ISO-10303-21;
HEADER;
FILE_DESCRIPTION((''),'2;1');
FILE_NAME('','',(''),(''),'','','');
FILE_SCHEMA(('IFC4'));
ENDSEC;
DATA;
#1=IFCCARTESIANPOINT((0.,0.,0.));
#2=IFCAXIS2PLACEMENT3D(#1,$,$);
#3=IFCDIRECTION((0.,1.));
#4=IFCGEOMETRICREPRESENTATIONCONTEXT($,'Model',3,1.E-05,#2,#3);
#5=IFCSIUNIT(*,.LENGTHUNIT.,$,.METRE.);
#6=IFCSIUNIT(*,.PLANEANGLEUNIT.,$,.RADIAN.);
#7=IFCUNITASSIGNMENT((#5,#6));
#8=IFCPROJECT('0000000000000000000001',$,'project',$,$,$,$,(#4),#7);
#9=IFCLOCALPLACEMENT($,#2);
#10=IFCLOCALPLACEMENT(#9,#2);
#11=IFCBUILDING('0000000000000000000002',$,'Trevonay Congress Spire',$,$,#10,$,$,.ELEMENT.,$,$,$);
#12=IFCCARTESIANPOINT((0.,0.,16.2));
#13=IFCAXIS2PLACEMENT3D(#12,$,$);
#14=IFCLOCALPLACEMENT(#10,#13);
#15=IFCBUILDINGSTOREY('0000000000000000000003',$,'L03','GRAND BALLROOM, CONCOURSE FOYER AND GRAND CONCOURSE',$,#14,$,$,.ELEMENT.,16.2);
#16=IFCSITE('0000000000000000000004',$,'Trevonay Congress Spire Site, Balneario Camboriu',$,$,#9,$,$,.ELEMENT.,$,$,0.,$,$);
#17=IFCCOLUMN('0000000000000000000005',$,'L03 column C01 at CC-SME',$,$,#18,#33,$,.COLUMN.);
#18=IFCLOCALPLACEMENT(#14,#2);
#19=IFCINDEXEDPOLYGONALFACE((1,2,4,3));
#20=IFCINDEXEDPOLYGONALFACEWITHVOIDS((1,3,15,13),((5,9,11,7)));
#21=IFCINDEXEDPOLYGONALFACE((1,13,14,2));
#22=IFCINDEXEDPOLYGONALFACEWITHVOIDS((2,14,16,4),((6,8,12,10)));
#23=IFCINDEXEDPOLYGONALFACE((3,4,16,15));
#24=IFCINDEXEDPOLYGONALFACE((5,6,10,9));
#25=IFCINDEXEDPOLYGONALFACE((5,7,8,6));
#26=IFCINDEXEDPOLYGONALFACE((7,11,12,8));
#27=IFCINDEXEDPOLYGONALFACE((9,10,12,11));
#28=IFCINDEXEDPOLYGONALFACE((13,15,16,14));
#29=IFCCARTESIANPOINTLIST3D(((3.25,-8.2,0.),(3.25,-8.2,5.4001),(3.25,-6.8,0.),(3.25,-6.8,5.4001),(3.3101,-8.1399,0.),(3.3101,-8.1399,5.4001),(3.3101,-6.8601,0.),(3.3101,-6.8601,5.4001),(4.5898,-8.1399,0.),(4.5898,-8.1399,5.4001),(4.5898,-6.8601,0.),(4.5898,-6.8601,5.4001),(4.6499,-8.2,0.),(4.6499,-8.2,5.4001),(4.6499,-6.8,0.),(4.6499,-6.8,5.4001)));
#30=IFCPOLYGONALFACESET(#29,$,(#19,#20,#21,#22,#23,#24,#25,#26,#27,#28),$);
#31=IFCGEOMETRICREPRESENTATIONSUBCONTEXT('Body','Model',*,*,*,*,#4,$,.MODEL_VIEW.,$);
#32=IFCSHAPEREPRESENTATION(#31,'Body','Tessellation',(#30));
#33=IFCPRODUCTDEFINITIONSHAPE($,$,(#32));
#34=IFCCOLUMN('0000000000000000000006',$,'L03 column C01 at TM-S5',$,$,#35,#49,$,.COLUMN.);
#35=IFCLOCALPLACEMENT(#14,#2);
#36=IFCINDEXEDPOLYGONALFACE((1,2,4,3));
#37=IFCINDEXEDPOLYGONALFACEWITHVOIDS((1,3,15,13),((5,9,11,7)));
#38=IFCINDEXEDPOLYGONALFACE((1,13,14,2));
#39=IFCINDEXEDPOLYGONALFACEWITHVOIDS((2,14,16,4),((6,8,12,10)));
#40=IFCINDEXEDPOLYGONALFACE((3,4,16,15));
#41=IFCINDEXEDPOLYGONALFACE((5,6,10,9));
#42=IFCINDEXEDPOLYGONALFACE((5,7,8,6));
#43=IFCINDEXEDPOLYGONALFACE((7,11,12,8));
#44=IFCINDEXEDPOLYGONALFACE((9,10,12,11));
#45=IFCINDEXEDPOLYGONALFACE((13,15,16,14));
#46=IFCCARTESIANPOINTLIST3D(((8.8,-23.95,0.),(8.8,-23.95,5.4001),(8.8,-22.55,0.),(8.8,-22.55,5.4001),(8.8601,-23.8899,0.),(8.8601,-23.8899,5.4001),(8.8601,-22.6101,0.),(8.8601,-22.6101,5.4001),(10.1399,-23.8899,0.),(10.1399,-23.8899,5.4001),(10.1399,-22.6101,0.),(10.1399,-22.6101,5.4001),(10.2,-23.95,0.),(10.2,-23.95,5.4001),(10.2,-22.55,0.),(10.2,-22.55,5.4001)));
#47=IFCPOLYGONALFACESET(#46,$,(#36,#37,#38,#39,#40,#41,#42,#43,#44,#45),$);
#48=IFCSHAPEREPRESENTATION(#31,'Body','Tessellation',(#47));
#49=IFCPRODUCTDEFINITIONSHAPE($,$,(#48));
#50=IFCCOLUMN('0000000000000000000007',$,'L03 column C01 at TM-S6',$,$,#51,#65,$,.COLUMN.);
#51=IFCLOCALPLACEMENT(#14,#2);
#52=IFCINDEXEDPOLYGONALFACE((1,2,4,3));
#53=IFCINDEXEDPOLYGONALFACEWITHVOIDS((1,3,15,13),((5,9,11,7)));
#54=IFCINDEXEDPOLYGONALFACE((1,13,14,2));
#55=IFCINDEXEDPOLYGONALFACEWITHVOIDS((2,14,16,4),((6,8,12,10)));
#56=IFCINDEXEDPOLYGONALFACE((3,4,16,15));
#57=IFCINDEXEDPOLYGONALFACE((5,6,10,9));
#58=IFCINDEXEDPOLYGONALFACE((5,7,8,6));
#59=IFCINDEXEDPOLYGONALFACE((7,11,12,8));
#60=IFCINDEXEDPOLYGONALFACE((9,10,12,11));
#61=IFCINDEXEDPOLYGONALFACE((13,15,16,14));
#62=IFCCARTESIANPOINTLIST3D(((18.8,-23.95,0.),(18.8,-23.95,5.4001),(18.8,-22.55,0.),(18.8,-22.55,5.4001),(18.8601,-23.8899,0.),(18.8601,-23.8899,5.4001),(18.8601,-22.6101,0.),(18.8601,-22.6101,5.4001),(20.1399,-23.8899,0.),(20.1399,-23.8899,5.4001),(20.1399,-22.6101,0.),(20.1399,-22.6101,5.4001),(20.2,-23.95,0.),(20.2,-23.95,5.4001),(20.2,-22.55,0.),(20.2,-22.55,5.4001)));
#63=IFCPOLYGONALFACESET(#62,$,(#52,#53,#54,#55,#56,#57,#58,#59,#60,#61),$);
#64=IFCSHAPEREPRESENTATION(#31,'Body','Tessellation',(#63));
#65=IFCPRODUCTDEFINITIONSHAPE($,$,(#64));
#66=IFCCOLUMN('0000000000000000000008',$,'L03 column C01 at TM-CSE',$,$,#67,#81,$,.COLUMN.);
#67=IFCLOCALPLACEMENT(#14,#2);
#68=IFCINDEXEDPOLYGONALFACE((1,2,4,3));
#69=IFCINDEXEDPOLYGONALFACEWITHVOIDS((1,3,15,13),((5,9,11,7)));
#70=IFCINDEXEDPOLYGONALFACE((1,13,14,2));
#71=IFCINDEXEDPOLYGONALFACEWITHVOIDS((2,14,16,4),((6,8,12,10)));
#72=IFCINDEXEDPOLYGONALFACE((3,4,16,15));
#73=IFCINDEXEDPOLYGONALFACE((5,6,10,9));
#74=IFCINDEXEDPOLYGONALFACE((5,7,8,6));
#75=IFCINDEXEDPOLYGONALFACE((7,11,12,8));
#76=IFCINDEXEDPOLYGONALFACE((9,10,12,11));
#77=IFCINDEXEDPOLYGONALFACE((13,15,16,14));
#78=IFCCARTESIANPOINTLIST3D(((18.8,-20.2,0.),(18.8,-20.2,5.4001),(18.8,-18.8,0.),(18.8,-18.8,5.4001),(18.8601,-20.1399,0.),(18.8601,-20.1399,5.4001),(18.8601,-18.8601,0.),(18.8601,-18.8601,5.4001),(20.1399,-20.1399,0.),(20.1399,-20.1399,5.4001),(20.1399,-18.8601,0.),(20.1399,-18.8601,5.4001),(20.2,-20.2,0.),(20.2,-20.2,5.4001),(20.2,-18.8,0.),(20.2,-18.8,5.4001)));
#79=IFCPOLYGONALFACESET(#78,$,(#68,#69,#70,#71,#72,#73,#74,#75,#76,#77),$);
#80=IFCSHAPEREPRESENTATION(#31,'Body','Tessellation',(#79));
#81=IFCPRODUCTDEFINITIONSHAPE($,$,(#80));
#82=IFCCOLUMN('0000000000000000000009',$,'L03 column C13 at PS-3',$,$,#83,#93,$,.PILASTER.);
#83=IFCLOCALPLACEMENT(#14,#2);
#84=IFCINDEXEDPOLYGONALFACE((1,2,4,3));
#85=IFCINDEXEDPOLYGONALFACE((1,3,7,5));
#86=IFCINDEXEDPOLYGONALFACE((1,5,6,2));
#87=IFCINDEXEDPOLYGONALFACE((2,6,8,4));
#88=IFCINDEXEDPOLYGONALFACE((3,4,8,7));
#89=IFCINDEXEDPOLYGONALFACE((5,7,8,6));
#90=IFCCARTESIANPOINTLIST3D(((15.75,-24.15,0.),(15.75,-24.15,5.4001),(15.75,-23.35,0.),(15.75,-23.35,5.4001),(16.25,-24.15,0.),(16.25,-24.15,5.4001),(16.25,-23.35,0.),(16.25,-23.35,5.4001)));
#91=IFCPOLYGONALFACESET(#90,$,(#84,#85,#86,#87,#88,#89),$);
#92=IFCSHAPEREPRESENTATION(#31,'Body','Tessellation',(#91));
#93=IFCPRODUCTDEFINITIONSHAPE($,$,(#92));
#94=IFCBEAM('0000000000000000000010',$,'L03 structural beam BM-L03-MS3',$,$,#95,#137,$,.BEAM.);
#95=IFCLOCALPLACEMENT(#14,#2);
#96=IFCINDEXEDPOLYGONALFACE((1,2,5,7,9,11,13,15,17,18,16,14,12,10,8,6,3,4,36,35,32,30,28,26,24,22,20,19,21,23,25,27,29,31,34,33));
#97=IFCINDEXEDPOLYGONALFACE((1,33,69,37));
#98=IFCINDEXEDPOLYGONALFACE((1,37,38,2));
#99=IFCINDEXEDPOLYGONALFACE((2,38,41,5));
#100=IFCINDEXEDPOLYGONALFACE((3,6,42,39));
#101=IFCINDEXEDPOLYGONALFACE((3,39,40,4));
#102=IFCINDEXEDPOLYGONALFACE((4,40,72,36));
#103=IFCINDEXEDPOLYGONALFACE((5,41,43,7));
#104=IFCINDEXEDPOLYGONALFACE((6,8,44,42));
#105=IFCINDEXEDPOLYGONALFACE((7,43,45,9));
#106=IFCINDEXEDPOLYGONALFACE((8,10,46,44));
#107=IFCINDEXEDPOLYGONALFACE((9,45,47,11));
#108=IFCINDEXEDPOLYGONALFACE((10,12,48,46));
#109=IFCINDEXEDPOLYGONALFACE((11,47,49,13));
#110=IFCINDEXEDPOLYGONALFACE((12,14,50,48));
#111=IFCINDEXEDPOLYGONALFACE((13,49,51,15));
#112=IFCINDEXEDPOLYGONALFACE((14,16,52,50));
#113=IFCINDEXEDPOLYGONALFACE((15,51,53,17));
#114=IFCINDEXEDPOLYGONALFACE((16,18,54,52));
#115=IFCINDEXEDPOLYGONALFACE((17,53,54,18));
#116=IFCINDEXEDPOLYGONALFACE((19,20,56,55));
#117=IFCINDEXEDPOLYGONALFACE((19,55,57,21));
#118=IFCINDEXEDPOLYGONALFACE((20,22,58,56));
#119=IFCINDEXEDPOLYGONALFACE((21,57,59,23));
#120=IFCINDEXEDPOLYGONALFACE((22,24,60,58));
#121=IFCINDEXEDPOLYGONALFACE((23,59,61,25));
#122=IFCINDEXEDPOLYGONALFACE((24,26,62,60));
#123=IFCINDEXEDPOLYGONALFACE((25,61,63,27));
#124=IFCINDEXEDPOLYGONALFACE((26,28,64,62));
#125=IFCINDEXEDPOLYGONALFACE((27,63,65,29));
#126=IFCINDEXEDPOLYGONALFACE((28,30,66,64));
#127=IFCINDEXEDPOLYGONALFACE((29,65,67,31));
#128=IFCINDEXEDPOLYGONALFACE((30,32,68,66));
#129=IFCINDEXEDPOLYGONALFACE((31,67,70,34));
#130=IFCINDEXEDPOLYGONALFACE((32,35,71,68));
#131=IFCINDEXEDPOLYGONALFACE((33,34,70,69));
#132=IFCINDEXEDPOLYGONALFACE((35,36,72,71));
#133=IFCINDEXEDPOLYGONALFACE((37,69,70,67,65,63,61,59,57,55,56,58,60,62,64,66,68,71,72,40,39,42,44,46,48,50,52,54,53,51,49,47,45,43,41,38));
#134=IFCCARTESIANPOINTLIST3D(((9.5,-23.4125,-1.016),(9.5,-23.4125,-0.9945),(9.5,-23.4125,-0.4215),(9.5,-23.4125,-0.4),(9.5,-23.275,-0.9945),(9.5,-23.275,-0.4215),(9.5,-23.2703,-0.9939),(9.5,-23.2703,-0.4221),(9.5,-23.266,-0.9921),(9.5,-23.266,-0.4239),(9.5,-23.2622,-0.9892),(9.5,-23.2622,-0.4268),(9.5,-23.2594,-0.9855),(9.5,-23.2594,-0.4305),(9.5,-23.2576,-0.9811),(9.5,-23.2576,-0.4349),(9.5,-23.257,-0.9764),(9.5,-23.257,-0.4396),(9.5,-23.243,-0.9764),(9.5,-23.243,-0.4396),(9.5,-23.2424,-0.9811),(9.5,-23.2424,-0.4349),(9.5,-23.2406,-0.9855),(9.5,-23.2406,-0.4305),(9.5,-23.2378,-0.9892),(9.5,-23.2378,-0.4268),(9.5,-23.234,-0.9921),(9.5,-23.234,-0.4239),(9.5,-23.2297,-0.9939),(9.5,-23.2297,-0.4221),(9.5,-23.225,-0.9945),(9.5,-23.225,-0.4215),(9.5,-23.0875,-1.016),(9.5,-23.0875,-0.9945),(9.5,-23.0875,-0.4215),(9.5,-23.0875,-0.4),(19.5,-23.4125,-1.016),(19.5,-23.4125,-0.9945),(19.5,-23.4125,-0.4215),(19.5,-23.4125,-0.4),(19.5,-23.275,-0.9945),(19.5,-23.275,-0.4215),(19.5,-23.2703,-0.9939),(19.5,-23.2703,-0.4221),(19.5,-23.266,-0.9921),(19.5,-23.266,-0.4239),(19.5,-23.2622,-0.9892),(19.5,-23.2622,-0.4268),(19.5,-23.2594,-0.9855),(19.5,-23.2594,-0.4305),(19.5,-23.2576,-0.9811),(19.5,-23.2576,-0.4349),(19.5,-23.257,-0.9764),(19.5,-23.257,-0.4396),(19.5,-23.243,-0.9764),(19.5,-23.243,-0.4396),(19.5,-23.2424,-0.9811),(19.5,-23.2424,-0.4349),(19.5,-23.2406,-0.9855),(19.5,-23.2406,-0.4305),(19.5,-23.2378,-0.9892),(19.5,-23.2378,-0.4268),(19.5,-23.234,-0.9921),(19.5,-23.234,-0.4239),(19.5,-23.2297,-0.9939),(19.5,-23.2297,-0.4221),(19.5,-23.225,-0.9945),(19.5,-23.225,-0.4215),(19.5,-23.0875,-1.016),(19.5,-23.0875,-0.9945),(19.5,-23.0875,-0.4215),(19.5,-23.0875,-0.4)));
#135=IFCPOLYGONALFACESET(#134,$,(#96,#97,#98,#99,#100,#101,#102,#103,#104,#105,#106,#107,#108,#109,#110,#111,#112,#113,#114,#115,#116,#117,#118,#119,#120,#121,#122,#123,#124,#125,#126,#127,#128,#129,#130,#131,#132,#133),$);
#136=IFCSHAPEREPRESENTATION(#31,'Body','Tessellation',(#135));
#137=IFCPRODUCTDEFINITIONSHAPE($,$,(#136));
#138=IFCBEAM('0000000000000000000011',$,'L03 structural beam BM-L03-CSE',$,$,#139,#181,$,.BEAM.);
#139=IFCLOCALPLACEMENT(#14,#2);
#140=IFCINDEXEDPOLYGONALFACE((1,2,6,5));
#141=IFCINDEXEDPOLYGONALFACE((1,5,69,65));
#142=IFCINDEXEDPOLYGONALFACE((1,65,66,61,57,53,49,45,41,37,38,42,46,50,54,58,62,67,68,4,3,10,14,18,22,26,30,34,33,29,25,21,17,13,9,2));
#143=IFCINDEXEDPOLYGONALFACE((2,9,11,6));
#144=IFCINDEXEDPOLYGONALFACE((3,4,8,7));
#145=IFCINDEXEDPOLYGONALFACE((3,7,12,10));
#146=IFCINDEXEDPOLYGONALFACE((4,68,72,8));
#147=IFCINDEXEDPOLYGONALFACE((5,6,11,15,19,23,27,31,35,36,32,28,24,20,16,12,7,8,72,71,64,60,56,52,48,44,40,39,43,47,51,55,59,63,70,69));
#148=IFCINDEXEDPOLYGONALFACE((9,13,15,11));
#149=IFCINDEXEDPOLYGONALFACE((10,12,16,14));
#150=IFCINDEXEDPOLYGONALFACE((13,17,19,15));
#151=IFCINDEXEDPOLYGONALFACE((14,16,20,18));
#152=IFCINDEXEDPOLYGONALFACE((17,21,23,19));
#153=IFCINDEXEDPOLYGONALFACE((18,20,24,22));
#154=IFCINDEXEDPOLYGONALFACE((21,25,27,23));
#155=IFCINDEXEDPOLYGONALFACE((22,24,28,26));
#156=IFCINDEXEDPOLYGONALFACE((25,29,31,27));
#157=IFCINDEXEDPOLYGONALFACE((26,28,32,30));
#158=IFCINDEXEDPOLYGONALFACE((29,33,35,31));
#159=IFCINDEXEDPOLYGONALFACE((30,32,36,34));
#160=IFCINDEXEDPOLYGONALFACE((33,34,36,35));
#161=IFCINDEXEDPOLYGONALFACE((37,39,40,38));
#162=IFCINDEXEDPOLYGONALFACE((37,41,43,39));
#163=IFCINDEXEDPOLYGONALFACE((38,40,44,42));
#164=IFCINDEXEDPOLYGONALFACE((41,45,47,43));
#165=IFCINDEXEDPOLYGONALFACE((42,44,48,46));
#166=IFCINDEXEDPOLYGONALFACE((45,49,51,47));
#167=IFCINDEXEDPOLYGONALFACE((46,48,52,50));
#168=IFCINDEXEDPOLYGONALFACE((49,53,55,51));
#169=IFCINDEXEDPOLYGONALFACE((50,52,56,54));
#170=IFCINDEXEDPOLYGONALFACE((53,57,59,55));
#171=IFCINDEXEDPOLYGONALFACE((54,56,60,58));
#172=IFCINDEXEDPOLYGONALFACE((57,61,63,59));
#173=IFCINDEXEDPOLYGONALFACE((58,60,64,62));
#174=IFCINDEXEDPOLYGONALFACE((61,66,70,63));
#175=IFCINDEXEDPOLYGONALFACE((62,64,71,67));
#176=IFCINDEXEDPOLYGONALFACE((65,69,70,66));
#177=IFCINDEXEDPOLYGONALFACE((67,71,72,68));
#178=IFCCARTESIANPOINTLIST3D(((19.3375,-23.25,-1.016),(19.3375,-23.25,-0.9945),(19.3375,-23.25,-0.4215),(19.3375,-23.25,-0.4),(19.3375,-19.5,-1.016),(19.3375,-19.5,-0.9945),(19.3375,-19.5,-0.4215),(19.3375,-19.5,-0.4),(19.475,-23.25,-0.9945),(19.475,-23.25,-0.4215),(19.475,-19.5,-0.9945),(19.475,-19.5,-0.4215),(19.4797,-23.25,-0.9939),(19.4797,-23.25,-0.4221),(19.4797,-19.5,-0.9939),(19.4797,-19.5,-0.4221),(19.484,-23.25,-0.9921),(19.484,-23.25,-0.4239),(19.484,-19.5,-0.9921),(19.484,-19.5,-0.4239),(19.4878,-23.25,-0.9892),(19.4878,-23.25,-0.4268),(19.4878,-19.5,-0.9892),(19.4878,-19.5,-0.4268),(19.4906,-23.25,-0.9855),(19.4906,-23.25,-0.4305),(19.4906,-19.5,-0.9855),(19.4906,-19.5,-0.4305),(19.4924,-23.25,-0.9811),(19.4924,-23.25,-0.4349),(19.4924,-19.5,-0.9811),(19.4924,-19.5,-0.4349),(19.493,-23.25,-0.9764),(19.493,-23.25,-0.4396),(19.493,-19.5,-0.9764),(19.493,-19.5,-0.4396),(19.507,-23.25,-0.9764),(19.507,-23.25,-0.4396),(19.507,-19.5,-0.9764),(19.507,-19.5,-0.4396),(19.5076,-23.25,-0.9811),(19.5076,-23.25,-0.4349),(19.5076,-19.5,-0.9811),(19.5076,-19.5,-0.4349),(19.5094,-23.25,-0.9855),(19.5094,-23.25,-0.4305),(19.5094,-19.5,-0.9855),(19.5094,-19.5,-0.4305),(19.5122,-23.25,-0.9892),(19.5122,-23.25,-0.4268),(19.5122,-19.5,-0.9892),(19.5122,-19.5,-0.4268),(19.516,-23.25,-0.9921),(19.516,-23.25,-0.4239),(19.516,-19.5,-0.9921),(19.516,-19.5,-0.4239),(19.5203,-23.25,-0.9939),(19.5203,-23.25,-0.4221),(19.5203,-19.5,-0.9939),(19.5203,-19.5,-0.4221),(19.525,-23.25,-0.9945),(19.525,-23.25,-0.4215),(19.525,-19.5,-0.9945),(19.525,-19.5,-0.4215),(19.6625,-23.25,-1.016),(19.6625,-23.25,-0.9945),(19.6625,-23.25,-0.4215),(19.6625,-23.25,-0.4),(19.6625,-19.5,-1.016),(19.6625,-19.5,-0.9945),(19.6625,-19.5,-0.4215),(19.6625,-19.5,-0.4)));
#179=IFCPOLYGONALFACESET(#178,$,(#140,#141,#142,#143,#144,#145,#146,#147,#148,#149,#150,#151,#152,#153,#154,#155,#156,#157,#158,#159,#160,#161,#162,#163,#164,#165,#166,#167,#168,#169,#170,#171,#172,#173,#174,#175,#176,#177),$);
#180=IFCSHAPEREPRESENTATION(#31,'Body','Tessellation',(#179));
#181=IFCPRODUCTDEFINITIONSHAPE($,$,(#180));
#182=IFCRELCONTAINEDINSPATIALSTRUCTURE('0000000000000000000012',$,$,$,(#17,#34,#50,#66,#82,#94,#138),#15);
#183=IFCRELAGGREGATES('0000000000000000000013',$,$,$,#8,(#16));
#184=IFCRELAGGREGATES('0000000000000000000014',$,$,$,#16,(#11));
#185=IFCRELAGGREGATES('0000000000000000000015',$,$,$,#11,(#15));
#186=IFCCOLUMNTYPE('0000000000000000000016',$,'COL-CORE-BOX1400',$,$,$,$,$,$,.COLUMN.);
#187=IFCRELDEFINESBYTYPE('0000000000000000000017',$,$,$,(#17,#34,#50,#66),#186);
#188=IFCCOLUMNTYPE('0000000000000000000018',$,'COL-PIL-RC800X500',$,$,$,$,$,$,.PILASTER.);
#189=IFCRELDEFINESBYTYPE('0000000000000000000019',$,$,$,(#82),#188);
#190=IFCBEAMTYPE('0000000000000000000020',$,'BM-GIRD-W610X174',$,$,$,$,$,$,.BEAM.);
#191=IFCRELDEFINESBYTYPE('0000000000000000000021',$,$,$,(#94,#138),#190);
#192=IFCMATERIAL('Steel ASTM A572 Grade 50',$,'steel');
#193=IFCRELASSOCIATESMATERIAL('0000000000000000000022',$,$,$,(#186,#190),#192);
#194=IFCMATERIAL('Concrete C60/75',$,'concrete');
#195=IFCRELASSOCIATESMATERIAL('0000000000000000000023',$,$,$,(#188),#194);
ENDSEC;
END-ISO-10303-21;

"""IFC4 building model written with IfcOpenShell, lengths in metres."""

from ifc_helpers import new_model, si_unit, direction, frame, origin, origin_2d, place, context, subcontext, project, spatial, rectangle, hollow_rectangle, i_section, extrude, material, material_profile, profile_set, type_object, element, save


model = new_model("IFC4")

# Units and contexts
model_context = context("Model", 3, precision=1e-05, world=origin(), true_north=direction((0.0, 1.0)))
body_context = subcontext(model_context, "Body", "Model", "MODEL_VIEW")
ifc_project = project(units=[si_unit("LENGTHUNIT", "METRE"), si_unit("PLANEANGLEUNIT", "RADIAN")], contexts=[model_context])

# Site, building, storey
site_placement = place(None, origin())
site = spatial("IfcSite", under=ifc_project, at=site_placement, Name="Trevonay Congress Spire Site, Balneario Camboriu", CompositionType="ELEMENT", RefElevation=0.0)
building_placement = place(site_placement, origin())
building = spatial("IfcBuilding", under=site, at=building_placement, Name="Trevonay Congress Spire", CompositionType="ELEMENT")
storey_placement = place(building_placement, frame((0.0, 0.0, 16.2)))
storey = spatial("IfcBuildingStorey", under=building, at=storey_placement, Name="L03", Description="GRAND BALLROOM, CONCOURSE FOYER AND GRAND CONCOURSE", CompositionType="ELEMENT", Elevation=16.2)

# Columns
ifc_material_1 = material(Name="Steel ASTM A572 Grade 50", Category="steel")
ifc_material_profile_1 = material_profile(ifc_material_1, hollow_rectangle(XDim=1.3999, YDim=1.3999, WallThickness=0.0601, at=origin_2d()), Name="BOX 1400x1400x60")
ifc_profile_set_1 = profile_set([ifc_material_profile_1], Name="Steel ASTM A572 Grade 50")
column_type_1 = type_object("IfcColumnType", Name="COL-CORE-BOX1400", PredefinedType="COLUMN", material=ifc_profile_set_1)
for number, where, z_axis, x_axis, name in (
    (1, (3.95, -7.5, 0.0), (0.0, 0.0, 1.0), (1.0, 0.0, 0.0), "L03 column C01 at CC-SME"),
    (2, (9.5, -23.25, 0.0), (0.0, 0.0, 1.0), (1.0, 0.0, 0.0), "L03 column C01 at TM-S5"),
    (3, (19.5, -23.25, 0.0), (0.0, 0.0, 1.0), (1.0, 0.0, 0.0), "L03 column C01 at TM-S6"),
    (4, (19.5, -19.5, 0.0), (0.0, 0.0, 1.0), (1.0, 0.0, 0.0), "L03 column C01 at TM-CSE"),
):
    element("IfcColumn", number, at=place(storey_placement, frame(where, z_axis=z_axis, x_axis=x_axis)), inside=storey, type_object=column_type_1, Name=name, PredefinedType="COLUMN", context=body_context, shape_type="SweptSolid", body=[
        extrude(hollow_rectangle(XDim=1.3999, YDim=1.3999, WallThickness=0.0601, at=origin_2d()), origin(), (0.0, 0.0, 1.0), 5.4001),
    ])
ifc_material_2 = material(Name="Concrete C60/75", Category="concrete")
ifc_material_profile_2 = material_profile(ifc_material_2, rectangle(XDim=0.5, YDim=0.8, at=origin_2d()), Name="RC 800x500")
ifc_profile_set_2 = profile_set([ifc_material_profile_2], Name="Concrete C60/75")
column_type_2 = type_object("IfcColumnType", Name="COL-PIL-RC800X500", PredefinedType="PILASTER", material=ifc_profile_set_2)
column_placement = place(storey_placement, frame((16.0, -23.75, 0.0), z_axis=(0.0, 0.0, 1.0), x_axis=(1.0, 0.0, 0.0)))
element("IfcColumn", 5, at=column_placement, inside=storey, type_object=column_type_2, Name="L03 column C13 at PS-3", PredefinedType="PILASTER", context=body_context, shape_type="SweptSolid", body=[
    extrude(rectangle(XDim=0.5, YDim=0.8, at=origin_2d()), origin(), (0.0, 0.0, 1.0), 5.4001),
])

# Beams
ifc_material_profile_3 = material_profile(ifc_material_1, i_section(OverallWidth=0.325, OverallDepth=0.616, WebThickness=0.0139, FlangeThickness=0.0215, FilletRadius=0.0181, at=origin_2d()), Name="W610x174")
ifc_profile_set_3 = profile_set([ifc_material_profile_3], Name="Steel ASTM A572 Grade 50")
beam_type_1 = type_object("IfcBeamType", Name="BM-GIRD-W610X174", PredefinedType="BEAM", material=ifc_profile_set_3)
beam_1_placement = place(storey_placement, frame((9.5, -23.25, -0.708), z_axis=(1.0, 0.0, 0.0), x_axis=(0.0, 1.0, 0.0)))
element("IfcBeam", 6, at=beam_1_placement, inside=storey, type_object=beam_type_1, Name="L03 structural beam BM-L03-MS3", PredefinedType="BEAM", context=body_context, shape_type="SweptSolid", body=[
    extrude(i_section(OverallWidth=0.325, OverallDepth=0.616, WebThickness=0.0139, FlangeThickness=0.0215, FilletRadius=0.0181, at=origin_2d()), origin(), (0.0, 0.0, 1.0), 10.0),
])
beam_2_placement = place(storey_placement, frame((19.5, -23.25, -0.708), z_axis=(0.0, 1.0, 0.0), x_axis=(-1.0, 0.0, 0.0)))
element("IfcBeam", 7, at=beam_2_placement, inside=storey, type_object=beam_type_1, Name="L03 structural beam BM-L03-CSE", PredefinedType="BEAM", context=body_context, shape_type="SweptSolid", body=[
    extrude(i_section(OverallWidth=0.325, OverallDepth=0.616, WebThickness=0.0139, FlangeThickness=0.0215, FilletRadius=0.0181, at=origin_2d()), origin(), (0.0, 0.0, 1.0), 3.75),
])

save(model, "model.ifc")
